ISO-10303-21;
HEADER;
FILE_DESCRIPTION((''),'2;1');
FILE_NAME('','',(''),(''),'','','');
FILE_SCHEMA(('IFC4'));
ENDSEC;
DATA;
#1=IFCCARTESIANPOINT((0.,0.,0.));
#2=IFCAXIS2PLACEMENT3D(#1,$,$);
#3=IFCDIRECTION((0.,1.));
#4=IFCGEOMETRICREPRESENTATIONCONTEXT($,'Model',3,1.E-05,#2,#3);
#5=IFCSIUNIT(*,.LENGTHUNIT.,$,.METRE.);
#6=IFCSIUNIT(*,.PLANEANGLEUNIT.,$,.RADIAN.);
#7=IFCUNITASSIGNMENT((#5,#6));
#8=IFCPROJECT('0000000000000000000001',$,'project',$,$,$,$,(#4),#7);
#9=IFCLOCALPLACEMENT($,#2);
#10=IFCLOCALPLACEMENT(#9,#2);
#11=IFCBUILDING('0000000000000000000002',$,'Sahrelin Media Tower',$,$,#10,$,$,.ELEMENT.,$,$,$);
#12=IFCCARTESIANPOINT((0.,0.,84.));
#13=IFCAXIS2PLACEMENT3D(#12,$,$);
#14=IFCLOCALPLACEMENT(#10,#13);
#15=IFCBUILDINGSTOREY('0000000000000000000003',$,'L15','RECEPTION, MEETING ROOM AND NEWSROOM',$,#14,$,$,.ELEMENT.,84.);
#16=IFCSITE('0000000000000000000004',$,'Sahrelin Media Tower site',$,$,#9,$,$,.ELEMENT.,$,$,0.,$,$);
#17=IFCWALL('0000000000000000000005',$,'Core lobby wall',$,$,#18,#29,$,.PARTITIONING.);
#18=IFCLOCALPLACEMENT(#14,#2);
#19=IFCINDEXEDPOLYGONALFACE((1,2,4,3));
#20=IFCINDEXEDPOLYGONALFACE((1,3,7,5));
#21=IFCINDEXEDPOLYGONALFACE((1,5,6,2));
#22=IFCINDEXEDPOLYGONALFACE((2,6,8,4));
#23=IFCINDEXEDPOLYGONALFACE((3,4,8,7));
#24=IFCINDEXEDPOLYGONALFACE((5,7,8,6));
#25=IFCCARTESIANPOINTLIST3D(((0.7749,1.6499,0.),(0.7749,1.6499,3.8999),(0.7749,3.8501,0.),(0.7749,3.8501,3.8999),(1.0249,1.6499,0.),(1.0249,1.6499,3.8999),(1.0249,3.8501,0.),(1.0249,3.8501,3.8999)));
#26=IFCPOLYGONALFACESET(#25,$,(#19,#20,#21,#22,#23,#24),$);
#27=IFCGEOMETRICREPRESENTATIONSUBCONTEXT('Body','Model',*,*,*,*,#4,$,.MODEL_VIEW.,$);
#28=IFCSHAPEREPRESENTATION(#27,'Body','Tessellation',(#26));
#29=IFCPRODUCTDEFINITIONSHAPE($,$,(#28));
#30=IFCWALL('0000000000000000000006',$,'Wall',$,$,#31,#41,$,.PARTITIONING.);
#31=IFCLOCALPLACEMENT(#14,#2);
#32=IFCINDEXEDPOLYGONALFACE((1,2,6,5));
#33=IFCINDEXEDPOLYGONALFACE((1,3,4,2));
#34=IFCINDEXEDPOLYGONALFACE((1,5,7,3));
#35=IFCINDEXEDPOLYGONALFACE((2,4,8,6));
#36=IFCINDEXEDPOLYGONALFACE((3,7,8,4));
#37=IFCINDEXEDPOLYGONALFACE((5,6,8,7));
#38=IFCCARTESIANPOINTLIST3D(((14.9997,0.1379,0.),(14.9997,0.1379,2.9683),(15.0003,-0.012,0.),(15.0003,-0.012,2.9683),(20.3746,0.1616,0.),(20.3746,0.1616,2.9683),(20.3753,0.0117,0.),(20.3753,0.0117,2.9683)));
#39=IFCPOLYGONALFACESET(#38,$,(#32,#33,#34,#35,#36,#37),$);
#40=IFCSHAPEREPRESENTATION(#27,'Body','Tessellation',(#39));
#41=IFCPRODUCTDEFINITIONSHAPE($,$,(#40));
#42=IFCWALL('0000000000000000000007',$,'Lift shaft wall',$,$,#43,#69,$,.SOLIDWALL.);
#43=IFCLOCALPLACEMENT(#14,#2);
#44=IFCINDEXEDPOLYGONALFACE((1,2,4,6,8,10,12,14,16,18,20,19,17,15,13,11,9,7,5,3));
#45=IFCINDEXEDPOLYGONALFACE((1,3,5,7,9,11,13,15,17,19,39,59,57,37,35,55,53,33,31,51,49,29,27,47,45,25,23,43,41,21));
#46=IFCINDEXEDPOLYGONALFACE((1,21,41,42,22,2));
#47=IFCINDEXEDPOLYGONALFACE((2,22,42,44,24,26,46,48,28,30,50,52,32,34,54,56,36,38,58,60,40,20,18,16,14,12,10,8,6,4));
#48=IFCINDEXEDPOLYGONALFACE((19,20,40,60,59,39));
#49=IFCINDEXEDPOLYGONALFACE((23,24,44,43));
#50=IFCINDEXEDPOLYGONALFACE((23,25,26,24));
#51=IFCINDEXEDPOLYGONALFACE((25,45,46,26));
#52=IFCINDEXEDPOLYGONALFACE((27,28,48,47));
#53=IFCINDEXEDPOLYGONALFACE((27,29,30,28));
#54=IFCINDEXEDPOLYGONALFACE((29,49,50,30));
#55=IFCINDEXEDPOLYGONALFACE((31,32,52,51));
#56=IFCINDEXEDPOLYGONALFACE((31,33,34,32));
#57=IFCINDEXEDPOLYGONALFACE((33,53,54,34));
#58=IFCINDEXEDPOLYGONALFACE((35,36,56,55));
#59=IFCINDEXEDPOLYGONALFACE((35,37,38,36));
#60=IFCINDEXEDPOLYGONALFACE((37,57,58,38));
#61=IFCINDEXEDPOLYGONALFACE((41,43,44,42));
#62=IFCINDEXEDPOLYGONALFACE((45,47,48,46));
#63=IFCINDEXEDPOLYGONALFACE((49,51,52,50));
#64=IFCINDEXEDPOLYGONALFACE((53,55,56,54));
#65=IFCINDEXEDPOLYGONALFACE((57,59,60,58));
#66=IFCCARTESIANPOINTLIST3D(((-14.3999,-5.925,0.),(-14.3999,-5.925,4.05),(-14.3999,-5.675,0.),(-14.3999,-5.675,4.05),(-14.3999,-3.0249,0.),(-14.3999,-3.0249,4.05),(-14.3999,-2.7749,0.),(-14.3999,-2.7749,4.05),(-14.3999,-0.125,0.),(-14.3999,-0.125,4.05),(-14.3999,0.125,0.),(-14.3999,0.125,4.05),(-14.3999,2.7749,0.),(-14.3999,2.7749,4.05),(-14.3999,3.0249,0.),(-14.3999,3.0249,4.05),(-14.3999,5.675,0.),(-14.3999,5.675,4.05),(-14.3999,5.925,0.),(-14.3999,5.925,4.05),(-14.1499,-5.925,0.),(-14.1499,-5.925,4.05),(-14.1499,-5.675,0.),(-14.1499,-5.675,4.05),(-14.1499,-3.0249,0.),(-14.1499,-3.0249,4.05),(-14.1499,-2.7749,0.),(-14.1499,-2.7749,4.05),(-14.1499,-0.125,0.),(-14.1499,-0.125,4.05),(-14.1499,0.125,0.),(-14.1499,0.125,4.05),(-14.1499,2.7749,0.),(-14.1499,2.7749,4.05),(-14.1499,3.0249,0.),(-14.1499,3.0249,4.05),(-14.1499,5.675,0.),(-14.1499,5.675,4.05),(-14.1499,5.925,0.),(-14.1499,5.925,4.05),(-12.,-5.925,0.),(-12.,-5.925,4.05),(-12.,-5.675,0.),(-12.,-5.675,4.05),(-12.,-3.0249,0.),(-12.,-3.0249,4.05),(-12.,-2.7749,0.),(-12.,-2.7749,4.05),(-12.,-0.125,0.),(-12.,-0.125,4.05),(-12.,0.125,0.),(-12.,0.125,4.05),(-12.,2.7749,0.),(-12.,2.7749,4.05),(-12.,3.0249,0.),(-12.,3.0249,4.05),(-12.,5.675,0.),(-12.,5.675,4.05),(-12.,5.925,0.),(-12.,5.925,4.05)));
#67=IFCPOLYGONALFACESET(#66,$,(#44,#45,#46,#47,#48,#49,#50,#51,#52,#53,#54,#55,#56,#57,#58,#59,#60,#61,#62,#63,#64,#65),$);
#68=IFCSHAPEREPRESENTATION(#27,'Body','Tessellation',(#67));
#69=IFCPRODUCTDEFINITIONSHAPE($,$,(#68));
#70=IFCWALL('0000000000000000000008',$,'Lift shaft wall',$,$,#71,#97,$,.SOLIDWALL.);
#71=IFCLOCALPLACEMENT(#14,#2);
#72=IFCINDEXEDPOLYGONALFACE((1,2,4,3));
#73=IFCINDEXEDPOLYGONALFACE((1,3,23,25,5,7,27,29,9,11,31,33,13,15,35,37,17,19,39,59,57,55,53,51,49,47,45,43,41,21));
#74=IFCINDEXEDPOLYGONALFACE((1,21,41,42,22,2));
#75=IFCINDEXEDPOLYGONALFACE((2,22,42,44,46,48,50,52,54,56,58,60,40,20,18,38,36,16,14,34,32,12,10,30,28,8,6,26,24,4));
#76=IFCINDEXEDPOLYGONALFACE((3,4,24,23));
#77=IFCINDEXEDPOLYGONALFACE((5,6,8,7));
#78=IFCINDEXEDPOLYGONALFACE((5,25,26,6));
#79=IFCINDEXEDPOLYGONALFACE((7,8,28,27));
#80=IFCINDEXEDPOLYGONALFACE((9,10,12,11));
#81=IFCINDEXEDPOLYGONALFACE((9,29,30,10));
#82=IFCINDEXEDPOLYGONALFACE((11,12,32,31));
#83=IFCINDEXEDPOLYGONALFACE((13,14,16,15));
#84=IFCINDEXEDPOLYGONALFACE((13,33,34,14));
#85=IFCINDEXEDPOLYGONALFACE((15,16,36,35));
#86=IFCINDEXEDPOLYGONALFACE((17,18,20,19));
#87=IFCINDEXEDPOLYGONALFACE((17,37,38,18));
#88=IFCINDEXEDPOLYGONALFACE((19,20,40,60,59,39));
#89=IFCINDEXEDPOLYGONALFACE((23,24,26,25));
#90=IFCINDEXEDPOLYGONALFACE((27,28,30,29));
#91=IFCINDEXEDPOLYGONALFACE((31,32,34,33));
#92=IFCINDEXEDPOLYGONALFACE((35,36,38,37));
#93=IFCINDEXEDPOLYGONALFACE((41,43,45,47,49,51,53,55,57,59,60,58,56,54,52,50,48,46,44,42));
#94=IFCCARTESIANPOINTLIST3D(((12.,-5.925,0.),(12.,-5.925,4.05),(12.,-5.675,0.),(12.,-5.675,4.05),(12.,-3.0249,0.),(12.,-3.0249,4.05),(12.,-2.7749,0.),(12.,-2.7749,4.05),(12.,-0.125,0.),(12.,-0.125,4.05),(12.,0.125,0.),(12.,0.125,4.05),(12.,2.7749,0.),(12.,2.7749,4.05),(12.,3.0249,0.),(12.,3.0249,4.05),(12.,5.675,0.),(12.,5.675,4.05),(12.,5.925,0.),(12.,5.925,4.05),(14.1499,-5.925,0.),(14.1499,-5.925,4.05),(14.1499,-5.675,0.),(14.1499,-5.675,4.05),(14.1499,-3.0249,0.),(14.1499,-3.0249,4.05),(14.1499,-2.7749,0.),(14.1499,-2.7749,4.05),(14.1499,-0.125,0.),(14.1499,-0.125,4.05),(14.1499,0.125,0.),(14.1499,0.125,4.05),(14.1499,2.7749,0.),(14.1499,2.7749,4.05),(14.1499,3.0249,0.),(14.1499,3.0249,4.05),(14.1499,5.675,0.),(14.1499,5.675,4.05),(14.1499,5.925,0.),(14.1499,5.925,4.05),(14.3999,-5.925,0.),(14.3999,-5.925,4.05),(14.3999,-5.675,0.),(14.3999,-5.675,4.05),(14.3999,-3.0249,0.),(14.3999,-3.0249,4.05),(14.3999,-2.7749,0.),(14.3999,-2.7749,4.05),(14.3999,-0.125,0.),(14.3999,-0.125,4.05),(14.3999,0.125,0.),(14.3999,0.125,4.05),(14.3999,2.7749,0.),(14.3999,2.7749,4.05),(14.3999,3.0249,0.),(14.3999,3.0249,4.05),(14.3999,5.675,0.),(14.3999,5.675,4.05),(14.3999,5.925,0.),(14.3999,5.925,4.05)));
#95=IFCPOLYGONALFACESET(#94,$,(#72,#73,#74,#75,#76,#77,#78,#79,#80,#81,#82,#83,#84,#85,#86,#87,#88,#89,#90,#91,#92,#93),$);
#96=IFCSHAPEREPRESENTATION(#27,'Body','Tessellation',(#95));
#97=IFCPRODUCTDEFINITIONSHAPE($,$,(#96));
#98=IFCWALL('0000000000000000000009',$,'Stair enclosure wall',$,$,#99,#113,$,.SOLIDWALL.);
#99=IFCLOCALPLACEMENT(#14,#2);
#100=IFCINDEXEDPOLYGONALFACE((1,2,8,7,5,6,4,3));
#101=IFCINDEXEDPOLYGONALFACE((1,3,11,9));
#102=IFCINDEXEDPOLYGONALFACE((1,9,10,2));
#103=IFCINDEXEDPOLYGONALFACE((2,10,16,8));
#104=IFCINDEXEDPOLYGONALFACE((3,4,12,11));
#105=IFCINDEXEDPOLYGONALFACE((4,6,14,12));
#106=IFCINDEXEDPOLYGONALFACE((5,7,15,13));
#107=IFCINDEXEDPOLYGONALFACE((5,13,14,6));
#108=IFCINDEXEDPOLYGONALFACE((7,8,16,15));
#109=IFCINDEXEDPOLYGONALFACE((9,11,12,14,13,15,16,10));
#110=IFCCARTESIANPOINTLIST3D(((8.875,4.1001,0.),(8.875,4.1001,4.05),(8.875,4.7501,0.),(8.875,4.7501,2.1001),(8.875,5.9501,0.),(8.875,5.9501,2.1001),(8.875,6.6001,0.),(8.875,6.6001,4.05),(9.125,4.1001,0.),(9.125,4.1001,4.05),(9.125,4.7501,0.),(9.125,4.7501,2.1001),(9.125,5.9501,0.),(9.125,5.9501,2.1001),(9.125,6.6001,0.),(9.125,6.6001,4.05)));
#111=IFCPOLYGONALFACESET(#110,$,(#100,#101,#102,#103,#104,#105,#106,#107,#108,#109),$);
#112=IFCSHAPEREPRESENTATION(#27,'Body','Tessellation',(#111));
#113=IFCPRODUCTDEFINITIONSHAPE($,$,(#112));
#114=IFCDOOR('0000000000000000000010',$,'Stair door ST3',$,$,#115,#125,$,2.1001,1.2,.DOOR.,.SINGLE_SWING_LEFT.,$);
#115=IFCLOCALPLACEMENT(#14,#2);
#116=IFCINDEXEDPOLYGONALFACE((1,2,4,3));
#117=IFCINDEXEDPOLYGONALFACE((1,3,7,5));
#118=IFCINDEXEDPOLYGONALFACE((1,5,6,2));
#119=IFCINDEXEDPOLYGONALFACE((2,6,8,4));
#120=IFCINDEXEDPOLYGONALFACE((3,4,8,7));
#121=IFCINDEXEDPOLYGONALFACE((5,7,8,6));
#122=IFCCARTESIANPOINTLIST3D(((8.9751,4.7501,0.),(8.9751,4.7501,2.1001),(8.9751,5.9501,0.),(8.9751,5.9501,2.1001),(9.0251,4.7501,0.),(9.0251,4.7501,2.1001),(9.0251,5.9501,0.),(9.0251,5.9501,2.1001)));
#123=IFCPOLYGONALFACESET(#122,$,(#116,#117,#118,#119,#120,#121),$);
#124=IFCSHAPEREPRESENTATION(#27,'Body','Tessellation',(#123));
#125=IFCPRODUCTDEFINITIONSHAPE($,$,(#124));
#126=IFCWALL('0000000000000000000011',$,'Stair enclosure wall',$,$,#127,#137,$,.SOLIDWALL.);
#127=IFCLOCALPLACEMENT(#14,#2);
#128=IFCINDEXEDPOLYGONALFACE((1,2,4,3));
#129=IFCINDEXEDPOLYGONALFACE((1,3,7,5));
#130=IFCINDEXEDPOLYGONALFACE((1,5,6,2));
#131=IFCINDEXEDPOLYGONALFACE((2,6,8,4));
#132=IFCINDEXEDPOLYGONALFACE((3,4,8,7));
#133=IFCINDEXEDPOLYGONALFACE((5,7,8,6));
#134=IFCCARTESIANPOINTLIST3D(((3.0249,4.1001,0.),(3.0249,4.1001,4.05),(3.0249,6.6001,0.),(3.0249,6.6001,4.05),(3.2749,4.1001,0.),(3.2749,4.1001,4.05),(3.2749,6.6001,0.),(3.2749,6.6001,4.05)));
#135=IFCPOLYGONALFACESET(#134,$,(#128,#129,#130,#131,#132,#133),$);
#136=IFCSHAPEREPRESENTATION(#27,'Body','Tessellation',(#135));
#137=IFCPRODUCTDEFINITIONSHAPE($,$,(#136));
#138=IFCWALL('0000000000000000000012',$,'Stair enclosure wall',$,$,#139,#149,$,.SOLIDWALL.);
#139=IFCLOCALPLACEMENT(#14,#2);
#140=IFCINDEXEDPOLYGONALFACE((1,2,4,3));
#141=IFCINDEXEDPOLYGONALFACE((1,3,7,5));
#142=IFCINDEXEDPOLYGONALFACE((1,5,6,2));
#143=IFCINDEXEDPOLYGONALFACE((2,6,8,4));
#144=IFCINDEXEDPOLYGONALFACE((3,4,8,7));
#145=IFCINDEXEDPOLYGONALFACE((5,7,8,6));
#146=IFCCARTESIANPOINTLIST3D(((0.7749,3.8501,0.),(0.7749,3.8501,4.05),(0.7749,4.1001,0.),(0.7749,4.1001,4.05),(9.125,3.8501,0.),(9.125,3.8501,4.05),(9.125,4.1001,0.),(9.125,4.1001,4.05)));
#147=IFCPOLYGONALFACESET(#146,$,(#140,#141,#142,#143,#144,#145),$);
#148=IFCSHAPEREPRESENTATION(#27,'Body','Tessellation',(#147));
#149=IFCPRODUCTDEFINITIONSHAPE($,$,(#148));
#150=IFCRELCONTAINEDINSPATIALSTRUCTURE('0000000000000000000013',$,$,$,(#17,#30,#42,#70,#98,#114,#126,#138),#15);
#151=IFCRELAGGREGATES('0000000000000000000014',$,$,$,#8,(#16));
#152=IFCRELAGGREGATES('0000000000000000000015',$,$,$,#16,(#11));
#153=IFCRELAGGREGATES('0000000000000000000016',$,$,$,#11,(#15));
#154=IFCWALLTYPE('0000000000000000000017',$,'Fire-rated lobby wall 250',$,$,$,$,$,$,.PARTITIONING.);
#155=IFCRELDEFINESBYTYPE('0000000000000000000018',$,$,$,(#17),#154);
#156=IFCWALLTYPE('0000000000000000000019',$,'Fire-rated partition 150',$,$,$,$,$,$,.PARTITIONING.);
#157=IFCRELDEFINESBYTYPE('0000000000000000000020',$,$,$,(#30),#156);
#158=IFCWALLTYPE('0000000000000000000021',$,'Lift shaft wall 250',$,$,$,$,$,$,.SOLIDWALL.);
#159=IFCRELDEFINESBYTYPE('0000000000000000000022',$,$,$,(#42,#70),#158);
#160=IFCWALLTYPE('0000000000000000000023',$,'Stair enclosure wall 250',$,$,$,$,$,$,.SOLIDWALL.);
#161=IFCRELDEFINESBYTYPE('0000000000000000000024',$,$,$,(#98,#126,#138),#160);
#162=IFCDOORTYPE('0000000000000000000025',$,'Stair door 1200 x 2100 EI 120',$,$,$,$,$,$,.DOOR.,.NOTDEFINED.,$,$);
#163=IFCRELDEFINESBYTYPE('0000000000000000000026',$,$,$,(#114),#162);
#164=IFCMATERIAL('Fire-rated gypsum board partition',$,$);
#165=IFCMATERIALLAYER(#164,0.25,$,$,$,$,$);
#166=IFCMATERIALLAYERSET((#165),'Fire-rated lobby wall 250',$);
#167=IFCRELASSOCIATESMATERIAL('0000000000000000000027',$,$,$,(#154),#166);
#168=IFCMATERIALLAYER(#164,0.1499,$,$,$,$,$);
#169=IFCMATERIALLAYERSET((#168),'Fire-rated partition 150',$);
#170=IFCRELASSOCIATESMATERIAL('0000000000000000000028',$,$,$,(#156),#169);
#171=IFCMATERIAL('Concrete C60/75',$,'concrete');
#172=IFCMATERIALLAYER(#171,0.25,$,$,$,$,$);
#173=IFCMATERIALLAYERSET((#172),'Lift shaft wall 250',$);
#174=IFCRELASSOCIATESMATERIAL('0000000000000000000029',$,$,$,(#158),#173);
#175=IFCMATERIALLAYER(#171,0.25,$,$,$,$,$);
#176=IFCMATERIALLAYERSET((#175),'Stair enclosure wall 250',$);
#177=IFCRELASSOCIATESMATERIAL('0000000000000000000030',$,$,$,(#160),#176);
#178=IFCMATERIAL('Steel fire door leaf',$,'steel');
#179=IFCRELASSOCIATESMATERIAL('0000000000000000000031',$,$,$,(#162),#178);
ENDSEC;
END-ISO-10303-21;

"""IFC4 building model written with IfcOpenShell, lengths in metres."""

from ifc_helpers import new_model, si_unit, direction, frame, frame_2d, origin, place, context, subcontext, project, spatial, polyline, rectangle, outline, extrude, material, layer, layer_set, type_object, element, fill, save


model = new_model("IFC4")

# Units and contexts
model_context = context("Model", 3, precision=1e-05, world=origin(), true_north=direction((0.0, 1.0)))
body_context = subcontext(model_context, "Body", "Model", "MODEL_VIEW")
ifc_project = project(units=[si_unit("LENGTHUNIT", "METRE"), si_unit("PLANEANGLEUNIT", "RADIAN")], contexts=[model_context])

# Site, building, storey
site_placement = place(None, origin())
site = spatial("IfcSite", under=ifc_project, at=site_placement, Name="Sahrelin Media Tower site", CompositionType="ELEMENT", RefElevation=0.0)
building_placement = place(site_placement, origin())
building = spatial("IfcBuilding", under=site, at=building_placement, Name="Sahrelin Media Tower", CompositionType="ELEMENT")
storey_placement = place(building_placement, frame((0.0, 0.0, 84.0)))
storey = spatial("IfcBuildingStorey", under=building, at=storey_placement, Name="L15", Description="RECEPTION, MEETING ROOM AND NEWSROOM", CompositionType="ELEMENT", Elevation=84.0)

# Shared definitions
placement = place(storey_placement, origin())

# Shared definitions
ifc_material_1 = material(Name="Fire-rated gypsum board partition")
ifc_layer_1 = layer(ifc_material_1, 0.25)
ifc_layer_set_1 = layer_set([ifc_layer_1], Name="Fire-rated lobby wall 250")
wall_type_1 = type_object("IfcWallType", Name="Fire-rated lobby wall 250", PredefinedType="PARTITIONING", material=ifc_layer_set_1)
ifc_material_2 = material(Name="Steel fire door leaf", Category="steel")

# Walls
for number, where, z_axis, x_axis, name in (
    (1, (0.8999, 1.6499, 0.0), (0.0, 0.0, 1.0), (0.0, 1.0, 0.0), "Core lobby wall"),
):
    element("IfcWall", number, at=place(storey_placement, frame(where, z_axis=z_axis, x_axis=x_axis)), inside=storey, type_object=wall_type_1, Name=name, PredefinedType="PARTITIONING", context=body_context, shape_type="SweptSolid", body=[
        extrude(rectangle(XDim=2.2002, YDim=0.25, at=frame_2d((1.1001, 0.0))), origin(), (0.0, 0.0, 1.0), 3.8999),
    ])
ifc_layer_2 = layer(ifc_material_1, 0.1499)
ifc_layer_set_2 = layer_set([ifc_layer_2], Name="Fire-rated partition 150")
wall_type_2 = type_object("IfcWallType", Name="Fire-rated partition 150", PredefinedType="PARTITIONING", material=ifc_layer_set_2)
wall_1_placement = place(storey_placement, frame((15.0, 0.063, 0.0), z_axis=(0.0, 0.0, 1.0), x_axis=(0.99999, 0.004406, 0.0)))
element("IfcWall", 2, at=wall_1_placement, inside=storey, type_object=wall_type_2, Name="Wall", PredefinedType="PARTITIONING", context=body_context, shape_type="SweptSolid", body=[
    extrude(rectangle(XDim=5.375, YDim=0.1499, at=frame_2d((2.6875, 0.0))), origin(), (0.0, 0.0, 1.0), 2.9683),
])
ifc_material_3 = material(Name="Concrete C60/75", Category="concrete")
ifc_layer_3 = layer(ifc_material_3, 0.25)
ifc_layer_set_3 = layer_set([ifc_layer_3], Name="Lift shaft wall 250")
wall_type_3 = type_object("IfcWallType", Name="Lift shaft wall 250", PredefinedType="SOLIDWALL", material=ifc_layer_set_3)
element("IfcWall", 3, at=placement, inside=storey, type_object=wall_type_3, Name="Lift shaft wall", PredefinedType="SOLIDWALL", context=body_context, shape_type="SweptSolid", body=[
    extrude(outline(polyline([(-12.0, -5.925), (-12.0, -5.675), (-14.1499, -5.675), (-14.1499, -3.0249), (-12.0, -3.0249), (-12.0, -2.7749), (-14.1499, -2.7749), (-14.1499, -0.125), (-12.0, -0.125), (-12.0, 0.125), (-14.1499, 0.125), (-14.1499, 2.7749), (-12.0, 2.7749), (-12.0, 3.0249), (-14.1499, 3.0249), (-14.1499, 5.675), (-12.0, 5.675), (-12.0, 5.925), (-14.1499, 5.925), (-14.3999, 5.925), (-14.3999, 5.675), (-14.3999, 3.0249), (-14.3999, 2.7749), (-14.3999, 0.125), (-14.3999, -0.125), (-14.3999, -2.7749), (-14.3999, -3.0249), (-14.3999, -5.675), (-14.3999, -5.925), (-14.1499, -5.925), (-12.0, -5.925)])), origin(), (0.0, 0.0, 1.0), 4.05),
])
element("IfcWall", 4, at=placement, inside=storey, type_object=wall_type_3, Name="Lift shaft wall", PredefinedType="SOLIDWALL", context=body_context, shape_type="SweptSolid", body=[
    extrude(outline(polyline([(12.0, -5.675), (12.0, -5.925), (14.1499, -5.925), (14.3999, -5.925), (14.3999, -5.675), (14.3999, -3.0249), (14.3999, -2.7749), (14.3999, -0.125), (14.3999, 0.125), (14.3999, 2.7749), (14.3999, 3.0249), (14.3999, 5.675), (14.3999, 5.925), (14.1499, 5.925), (12.0, 5.925), (12.0, 5.675), (14.1499, 5.675), (14.1499, 3.0249), (12.0, 3.0249), (12.0, 2.7749), (14.1499, 2.7749), (14.1499, 0.125), (12.0, 0.125), (12.0, -0.125), (14.1499, -0.125), (14.1499, -2.7749), (12.0, -2.7749), (12.0, -3.0249), (14.1499, -3.0249), (14.1499, -5.675), (12.0, -5.675)])), origin(), (0.0, 0.0, 1.0), 4.05),
])

# Wall, opening, door
ifc_layer_4 = layer(ifc_material_3, 0.25)
ifc_layer_set_4 = layer_set([ifc_layer_4], Name="Stair enclosure wall 250")
wall_type_4 = type_object("IfcWallType", Name="Stair enclosure wall 250", PredefinedType="SOLIDWALL", material=ifc_layer_set_4)
wall_2_placement = place(storey_placement, frame((9.0, 4.1001, 0.0), z_axis=(0.0, 0.0, 1.0), x_axis=(0.0, 1.0, 0.0)))
wall_2 = element("IfcWall", 5, at=wall_2_placement, inside=storey, type_object=wall_type_4, Name="Stair enclosure wall", PredefinedType="SOLIDWALL", context=body_context, shape_type="SweptSolid", body=[
    extrude(rectangle(XDim=2.5, YDim=0.25, at=frame_2d((1.25, 0.0))), origin(), (0.0, 0.0, 1.0), 4.05),
])
opening_1_placement = place(wall_2_placement, frame((0.6499, 0.0, 0.0)))
opening_1 = element("IfcOpeningElement", 6, at=opening_1_placement, cuts=wall_2, PredefinedType="OPENING", context=body_context, shape_type="SweptSolid", body=[
    extrude(rectangle(XDim=1.2, YDim=2.1001, at=frame_2d((0.6001, 1.05))), frame((0.0, 0.125, 0.0), z_axis=(0.0, -1.0, 0.0), x_axis=(1.0, 0.0, 0.0)), (0.0, 0.0, 1.0), 0.25),
])
door_type_1 = type_object("IfcDoorType", Name="Stair door 1200 x 2100 EI 120", OperationType="NOTDEFINED", PredefinedType="DOOR", material=ifc_material_2)
door_1_placement = place(opening_1_placement, origin())
door_1 = element("IfcDoor", 7, at=door_1_placement, inside=storey, type_object=door_type_1, Name="Stair door ST3", OperationType="SINGLE_SWING_LEFT", OverallHeight=2.1001, OverallWidth=1.2, PredefinedType="DOOR", context=body_context, shape_type="SweptSolid", body=[
    extrude(rectangle(XDim=1.2, YDim=2.1001, at=frame_2d((0.6001, 1.05))), frame((0.0, 0.0249, 0.0), z_axis=(0.0, -1.0, 0.0), x_axis=(1.0, 0.0, 0.0)), (0.0, 0.0, 1.0), 0.05),
])
fill(opening_1, door_1)

# Walls
wall_3_placement = place(storey_placement, frame((3.1499, 4.1001, 0.0), z_axis=(0.0, 0.0, 1.0), x_axis=(0.0, 1.0, 0.0)))
element("IfcWall", 8, at=wall_3_placement, inside=storey, type_object=wall_type_4, Name="Stair enclosure wall", PredefinedType="SOLIDWALL", context=body_context, shape_type="SweptSolid", body=[
    extrude(rectangle(XDim=2.5, YDim=0.25, at=frame_2d((1.25, 0.0))), origin(), (0.0, 0.0, 1.0), 4.05),
])
wall_4_placement = place(storey_placement, frame((0.7749, 3.9751, 0.0), z_axis=(0.0, 0.0, 1.0), x_axis=(1.0, 0.0, 0.0)))
element("IfcWall", 9, at=wall_4_placement, inside=storey, type_object=wall_type_4, Name="Stair enclosure wall", PredefinedType="SOLIDWALL", context=body_context, shape_type="SweptSolid", body=[
    extrude(rectangle(XDim=8.3501, YDim=0.25, at=frame_2d((4.175, 0.0))), origin(), (0.0, 0.0, 1.0), 4.05),
])

save(model, "model.ifc")
